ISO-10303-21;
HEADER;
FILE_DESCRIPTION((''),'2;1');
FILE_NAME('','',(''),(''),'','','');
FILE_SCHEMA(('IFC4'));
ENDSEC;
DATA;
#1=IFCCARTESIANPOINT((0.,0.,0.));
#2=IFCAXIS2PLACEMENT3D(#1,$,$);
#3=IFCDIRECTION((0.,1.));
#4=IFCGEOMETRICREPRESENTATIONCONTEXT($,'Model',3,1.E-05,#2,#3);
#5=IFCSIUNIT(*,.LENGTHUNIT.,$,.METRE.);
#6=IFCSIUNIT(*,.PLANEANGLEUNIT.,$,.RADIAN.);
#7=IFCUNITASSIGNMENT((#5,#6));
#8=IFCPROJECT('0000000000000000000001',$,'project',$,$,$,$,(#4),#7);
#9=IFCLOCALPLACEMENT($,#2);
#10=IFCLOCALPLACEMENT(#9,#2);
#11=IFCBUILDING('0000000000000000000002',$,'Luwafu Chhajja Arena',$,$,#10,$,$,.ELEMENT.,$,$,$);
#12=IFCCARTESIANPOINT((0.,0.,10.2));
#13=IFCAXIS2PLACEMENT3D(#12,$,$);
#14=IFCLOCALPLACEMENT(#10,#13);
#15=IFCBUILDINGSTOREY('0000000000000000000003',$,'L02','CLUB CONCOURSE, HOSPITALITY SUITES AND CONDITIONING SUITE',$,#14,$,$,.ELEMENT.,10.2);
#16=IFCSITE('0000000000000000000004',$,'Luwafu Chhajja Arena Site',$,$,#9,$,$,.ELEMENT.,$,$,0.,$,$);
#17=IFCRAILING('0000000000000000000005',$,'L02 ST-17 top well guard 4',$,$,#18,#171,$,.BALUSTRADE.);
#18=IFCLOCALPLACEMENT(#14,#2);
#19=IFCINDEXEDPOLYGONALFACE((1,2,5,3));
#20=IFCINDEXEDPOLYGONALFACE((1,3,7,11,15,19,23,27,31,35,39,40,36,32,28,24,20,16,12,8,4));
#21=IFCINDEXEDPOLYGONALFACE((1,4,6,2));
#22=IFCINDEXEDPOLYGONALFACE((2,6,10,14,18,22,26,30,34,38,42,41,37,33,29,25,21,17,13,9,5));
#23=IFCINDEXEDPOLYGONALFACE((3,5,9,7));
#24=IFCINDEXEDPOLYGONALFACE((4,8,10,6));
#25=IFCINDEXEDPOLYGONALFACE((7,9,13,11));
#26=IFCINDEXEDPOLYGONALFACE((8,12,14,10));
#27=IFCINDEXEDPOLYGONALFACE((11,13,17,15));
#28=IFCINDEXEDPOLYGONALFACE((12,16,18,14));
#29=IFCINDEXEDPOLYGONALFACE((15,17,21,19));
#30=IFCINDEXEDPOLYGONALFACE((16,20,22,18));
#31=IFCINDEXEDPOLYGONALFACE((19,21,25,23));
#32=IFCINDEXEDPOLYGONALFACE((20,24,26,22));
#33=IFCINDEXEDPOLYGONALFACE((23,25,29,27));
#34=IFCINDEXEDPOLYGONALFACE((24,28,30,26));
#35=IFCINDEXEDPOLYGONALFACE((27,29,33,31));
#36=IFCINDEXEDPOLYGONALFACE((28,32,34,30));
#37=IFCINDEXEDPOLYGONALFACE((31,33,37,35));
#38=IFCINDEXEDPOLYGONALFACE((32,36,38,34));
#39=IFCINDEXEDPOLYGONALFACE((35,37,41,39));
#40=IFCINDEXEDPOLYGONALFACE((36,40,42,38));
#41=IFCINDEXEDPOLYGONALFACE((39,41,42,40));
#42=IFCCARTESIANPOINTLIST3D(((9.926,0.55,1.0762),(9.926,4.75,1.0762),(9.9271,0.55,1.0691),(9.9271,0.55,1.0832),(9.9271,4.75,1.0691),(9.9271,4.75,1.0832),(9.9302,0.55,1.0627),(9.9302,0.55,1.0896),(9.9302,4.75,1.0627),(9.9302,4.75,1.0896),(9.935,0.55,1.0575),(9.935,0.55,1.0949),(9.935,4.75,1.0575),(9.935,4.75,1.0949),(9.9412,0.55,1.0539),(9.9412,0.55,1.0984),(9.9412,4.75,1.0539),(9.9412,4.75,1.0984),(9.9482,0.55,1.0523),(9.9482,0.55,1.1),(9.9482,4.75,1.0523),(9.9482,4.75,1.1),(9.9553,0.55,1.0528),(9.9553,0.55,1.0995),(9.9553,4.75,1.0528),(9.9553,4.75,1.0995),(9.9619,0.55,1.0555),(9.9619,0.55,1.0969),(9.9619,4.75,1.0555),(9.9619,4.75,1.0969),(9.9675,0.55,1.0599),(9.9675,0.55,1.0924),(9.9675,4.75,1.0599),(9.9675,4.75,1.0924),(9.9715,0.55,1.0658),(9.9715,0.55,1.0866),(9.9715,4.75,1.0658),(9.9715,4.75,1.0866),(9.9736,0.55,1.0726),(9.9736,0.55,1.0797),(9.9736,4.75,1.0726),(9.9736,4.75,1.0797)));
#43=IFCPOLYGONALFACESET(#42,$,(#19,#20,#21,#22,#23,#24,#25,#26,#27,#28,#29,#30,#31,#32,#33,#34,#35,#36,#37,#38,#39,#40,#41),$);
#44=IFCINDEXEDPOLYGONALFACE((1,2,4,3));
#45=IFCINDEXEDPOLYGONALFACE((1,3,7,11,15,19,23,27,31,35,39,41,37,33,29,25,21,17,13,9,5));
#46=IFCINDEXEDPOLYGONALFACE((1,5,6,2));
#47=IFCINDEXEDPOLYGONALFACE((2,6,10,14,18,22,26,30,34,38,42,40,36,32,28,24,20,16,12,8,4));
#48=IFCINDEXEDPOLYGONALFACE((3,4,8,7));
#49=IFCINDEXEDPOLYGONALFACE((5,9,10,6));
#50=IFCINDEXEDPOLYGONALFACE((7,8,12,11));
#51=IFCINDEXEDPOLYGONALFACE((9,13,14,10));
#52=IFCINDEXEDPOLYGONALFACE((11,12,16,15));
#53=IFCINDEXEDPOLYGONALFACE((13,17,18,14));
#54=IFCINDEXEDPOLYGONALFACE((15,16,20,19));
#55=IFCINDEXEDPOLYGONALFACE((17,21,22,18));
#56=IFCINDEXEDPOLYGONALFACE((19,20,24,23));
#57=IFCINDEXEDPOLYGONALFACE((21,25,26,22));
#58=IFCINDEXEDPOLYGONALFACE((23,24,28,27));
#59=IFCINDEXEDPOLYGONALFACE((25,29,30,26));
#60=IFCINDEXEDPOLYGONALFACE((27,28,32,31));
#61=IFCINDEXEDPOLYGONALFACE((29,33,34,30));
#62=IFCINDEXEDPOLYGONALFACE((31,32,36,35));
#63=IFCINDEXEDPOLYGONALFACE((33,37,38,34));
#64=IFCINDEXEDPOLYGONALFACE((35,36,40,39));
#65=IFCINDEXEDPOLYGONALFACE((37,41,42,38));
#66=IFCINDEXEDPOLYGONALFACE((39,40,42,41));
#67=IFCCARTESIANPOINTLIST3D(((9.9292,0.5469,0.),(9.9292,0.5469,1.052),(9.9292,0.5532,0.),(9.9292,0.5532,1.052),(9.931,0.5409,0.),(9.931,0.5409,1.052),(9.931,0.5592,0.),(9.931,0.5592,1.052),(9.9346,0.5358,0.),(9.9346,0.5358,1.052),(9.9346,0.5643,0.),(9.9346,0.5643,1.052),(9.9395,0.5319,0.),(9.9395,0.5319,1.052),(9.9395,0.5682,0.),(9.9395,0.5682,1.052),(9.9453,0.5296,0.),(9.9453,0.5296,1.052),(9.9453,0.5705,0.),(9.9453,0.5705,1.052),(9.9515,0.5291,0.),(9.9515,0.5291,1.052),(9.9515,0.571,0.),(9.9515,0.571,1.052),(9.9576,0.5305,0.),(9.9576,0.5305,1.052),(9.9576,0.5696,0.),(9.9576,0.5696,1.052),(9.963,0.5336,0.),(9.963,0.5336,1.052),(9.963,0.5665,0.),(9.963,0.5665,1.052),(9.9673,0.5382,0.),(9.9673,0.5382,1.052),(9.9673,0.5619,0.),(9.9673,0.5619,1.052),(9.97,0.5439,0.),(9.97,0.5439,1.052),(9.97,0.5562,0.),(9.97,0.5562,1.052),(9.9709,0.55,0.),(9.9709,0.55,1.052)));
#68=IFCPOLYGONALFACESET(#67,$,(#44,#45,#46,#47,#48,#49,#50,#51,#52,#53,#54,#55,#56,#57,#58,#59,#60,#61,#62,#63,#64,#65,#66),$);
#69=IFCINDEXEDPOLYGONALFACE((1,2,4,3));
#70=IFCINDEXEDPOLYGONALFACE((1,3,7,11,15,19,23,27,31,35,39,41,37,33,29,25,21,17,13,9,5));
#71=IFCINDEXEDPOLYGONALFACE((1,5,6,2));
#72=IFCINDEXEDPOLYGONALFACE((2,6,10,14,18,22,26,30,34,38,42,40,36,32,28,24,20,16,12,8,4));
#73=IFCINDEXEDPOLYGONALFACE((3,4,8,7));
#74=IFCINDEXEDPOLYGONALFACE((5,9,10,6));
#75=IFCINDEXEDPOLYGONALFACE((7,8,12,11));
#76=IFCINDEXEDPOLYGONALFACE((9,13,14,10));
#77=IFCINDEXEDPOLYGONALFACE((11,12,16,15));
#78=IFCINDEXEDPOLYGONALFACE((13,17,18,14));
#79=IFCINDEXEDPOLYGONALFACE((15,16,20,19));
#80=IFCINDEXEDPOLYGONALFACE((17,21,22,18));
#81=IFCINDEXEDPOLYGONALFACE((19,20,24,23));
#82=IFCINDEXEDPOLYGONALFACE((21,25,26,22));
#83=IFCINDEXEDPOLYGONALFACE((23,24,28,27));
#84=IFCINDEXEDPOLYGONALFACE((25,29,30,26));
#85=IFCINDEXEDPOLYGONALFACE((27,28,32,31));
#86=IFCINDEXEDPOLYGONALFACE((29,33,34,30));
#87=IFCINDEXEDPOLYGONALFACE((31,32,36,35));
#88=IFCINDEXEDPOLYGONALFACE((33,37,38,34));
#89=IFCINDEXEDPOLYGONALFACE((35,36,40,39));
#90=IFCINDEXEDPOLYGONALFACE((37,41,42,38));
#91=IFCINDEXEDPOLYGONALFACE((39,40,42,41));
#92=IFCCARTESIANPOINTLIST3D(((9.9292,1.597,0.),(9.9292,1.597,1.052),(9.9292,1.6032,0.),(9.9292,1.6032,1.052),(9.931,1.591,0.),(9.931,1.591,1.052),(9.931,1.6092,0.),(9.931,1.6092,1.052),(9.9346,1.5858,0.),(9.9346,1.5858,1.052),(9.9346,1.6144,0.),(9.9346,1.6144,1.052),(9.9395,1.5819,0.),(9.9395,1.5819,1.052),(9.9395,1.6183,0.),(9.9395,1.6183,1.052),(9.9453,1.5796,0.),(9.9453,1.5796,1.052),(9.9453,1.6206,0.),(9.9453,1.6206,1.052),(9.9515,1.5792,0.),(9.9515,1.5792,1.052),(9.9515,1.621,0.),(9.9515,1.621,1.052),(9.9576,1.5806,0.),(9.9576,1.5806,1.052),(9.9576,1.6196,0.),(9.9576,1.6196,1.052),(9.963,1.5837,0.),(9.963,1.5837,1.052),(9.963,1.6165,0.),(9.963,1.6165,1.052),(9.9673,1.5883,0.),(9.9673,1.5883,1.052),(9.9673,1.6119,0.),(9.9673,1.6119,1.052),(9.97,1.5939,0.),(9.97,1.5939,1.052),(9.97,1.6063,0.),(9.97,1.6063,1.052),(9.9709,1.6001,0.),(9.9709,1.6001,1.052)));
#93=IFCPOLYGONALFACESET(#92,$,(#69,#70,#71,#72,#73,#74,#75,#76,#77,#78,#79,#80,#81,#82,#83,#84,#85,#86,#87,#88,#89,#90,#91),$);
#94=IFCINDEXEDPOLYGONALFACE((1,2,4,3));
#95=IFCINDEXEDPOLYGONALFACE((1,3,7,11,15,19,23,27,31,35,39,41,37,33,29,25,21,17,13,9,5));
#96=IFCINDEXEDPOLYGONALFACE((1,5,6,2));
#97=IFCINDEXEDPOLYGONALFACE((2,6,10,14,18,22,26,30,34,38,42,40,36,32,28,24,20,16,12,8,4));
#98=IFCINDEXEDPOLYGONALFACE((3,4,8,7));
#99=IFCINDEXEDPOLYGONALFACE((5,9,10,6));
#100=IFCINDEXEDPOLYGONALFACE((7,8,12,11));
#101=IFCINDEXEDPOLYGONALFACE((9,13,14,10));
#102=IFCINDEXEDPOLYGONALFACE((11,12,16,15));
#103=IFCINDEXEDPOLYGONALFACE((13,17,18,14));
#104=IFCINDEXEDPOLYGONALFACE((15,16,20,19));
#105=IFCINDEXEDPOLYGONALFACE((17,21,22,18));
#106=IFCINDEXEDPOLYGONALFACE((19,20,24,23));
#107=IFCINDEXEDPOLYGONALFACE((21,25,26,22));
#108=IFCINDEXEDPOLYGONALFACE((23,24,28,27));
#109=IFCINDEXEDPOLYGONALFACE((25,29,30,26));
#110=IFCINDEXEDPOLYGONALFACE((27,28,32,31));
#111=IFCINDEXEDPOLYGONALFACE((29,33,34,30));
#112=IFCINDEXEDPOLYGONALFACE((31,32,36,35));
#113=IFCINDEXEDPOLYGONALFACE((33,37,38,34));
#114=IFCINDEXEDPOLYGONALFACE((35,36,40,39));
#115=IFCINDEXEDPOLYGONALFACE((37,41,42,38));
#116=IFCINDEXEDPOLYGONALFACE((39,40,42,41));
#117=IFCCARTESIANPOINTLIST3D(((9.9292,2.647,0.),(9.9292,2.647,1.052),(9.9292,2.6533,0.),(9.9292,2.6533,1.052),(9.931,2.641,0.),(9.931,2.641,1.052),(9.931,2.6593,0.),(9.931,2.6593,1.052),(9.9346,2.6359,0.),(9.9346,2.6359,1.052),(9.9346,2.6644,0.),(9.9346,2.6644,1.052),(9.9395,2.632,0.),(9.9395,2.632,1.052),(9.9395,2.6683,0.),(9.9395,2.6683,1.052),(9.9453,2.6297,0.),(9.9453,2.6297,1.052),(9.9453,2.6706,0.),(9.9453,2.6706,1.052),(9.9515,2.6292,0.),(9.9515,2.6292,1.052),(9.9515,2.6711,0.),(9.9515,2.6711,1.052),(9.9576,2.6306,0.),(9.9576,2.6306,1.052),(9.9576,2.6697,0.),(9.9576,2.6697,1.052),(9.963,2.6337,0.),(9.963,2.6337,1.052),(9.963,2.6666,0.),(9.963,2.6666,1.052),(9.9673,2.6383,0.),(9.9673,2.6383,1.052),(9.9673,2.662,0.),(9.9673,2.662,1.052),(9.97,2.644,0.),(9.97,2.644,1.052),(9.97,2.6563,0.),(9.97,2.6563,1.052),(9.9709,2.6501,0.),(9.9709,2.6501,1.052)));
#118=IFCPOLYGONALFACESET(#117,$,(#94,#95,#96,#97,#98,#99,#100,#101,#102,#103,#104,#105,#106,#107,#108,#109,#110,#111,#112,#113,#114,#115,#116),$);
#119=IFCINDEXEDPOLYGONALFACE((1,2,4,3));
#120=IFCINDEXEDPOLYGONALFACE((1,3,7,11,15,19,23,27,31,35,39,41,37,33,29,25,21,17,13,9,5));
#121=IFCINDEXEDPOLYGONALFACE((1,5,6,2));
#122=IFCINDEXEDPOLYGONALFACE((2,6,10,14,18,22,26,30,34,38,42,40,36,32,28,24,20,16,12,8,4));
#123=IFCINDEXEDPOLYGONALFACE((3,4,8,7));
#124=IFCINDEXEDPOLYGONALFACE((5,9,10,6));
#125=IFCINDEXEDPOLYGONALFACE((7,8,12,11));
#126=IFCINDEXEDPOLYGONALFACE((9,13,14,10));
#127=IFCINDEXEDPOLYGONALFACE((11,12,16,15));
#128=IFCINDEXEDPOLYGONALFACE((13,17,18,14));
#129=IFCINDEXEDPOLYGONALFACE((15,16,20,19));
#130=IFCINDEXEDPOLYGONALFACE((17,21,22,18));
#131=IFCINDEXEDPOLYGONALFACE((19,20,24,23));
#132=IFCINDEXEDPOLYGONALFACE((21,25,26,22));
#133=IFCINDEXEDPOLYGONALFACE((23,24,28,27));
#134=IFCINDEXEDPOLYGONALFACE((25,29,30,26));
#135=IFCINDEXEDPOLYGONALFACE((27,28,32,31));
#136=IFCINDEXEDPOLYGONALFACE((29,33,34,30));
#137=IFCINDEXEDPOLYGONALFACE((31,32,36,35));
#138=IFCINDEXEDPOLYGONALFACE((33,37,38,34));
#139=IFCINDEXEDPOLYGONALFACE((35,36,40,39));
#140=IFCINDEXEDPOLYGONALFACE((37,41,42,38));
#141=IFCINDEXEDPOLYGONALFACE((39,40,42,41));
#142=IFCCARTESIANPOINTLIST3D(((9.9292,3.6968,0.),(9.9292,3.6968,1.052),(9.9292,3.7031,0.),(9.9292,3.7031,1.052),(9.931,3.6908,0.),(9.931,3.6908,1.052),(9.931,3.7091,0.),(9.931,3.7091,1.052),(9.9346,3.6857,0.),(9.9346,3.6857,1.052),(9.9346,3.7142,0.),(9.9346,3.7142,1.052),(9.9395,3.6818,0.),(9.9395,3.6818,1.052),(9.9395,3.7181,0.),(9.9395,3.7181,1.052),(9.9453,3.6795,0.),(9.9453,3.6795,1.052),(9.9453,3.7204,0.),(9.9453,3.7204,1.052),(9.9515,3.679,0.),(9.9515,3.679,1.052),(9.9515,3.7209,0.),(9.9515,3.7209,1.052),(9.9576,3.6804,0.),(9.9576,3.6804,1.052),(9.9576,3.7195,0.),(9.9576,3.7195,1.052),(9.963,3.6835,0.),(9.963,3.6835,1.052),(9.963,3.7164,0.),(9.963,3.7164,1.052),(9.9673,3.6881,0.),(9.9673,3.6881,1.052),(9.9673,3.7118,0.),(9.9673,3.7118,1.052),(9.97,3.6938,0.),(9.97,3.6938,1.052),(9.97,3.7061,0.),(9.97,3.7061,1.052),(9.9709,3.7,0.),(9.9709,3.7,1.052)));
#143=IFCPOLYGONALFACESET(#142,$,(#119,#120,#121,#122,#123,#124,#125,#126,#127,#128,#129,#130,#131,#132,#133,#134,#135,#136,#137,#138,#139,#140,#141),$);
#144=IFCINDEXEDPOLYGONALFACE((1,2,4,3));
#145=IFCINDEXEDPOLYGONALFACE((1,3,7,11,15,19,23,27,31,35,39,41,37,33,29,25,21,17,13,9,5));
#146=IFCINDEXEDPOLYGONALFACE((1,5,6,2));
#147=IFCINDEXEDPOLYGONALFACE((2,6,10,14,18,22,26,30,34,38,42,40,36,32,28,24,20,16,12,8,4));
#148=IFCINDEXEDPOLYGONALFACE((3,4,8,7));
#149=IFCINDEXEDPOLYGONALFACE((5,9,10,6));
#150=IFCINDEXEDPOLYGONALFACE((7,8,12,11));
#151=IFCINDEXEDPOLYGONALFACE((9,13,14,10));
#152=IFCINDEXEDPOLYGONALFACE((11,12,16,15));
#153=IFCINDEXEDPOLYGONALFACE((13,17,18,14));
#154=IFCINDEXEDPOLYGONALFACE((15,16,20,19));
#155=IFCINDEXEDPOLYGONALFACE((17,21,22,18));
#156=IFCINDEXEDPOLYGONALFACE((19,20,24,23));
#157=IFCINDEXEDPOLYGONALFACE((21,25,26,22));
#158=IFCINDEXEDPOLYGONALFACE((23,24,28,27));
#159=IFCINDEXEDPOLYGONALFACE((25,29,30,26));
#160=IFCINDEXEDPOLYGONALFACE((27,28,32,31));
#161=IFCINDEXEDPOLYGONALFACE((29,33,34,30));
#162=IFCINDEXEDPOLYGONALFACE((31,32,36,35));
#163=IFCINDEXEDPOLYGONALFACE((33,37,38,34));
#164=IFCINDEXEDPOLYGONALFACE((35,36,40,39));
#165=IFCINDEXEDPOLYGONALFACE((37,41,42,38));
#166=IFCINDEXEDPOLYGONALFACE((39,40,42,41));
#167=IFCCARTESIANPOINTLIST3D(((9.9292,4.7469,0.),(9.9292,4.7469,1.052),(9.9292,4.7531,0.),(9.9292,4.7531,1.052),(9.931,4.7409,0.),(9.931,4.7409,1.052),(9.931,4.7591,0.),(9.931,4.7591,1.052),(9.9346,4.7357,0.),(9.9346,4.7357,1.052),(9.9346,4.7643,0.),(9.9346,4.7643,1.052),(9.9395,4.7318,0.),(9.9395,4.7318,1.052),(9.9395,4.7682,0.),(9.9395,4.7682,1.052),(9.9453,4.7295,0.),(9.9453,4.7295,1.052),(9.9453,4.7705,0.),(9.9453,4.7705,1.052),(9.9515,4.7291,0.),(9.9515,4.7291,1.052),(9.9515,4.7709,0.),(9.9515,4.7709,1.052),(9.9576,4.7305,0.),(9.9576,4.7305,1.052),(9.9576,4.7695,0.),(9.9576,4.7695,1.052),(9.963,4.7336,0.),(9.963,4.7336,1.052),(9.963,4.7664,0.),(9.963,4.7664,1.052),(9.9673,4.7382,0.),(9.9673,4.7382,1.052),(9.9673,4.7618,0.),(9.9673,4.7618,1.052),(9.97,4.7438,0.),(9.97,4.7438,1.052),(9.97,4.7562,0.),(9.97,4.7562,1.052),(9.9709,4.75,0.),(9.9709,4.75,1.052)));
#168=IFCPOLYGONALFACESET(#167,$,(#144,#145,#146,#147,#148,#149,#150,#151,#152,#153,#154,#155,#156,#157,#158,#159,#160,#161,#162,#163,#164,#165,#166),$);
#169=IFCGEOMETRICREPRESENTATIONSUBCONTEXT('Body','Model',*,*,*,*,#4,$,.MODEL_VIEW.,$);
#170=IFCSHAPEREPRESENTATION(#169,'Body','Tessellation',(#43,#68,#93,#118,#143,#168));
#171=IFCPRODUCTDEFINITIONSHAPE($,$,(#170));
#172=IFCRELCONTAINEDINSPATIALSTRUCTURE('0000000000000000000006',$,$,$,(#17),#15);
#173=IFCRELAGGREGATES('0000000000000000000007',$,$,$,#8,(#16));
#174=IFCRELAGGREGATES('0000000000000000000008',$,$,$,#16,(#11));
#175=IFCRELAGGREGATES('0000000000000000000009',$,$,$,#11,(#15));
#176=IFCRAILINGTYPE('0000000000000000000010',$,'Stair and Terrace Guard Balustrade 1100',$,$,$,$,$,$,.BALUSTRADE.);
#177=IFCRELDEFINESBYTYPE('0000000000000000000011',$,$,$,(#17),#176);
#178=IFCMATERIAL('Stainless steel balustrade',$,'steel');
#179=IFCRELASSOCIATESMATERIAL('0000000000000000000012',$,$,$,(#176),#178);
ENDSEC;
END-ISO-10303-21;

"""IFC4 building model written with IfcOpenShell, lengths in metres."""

from ifc_helpers import new_model, si_unit, direction, frame, origin, origin_2d, place, context, subcontext, project, spatial, circle, extrude, material, type_object, element, save


model = new_model("IFC4")

# Units and contexts
model_context = context("Model", 3, precision=1e-05, world=origin(), true_north=direction((0.0, 1.0)))
body_context = subcontext(model_context, "Body", "Model", "MODEL_VIEW")
ifc_project = project(units=[si_unit("LENGTHUNIT", "METRE"), si_unit("PLANEANGLEUNIT", "RADIAN")], contexts=[model_context])

# Site, building, storey
site_placement = place(None, origin())
site = spatial("IfcSite", under=ifc_project, at=site_placement, Name="Luwafu Chhajja Arena Site", CompositionType="ELEMENT", RefElevation=0.0)
building_placement = place(site_placement, origin())
building = spatial("IfcBuilding", under=site, at=building_placement, Name="Luwafu Chhajja Arena", CompositionType="ELEMENT")
storey_placement = place(building_placement, frame((0.0, 0.0, 10.2)))
storey = spatial("IfcBuildingStorey", under=building, at=storey_placement, Name="L02", Description="CLUB CONCOURSE, HOSPITALITY SUITES AND CONDITIONING SUITE", CompositionType="ELEMENT", Elevation=10.2)

# Railing
ifc_material_1 = material(Name="Stainless steel balustrade", Category="steel")
railing_type = type_object("IfcRailingType", Name="Stair and Terrace Guard Balustrade 1100", PredefinedType="BALUSTRADE", material=ifc_material_1)
railing_1_placement = place(storey_placement, frame((9.95, 0.55, 0.0)))
element("IfcRailing", 1, at=railing_1_placement, inside=storey, type_object=railing_type, Name="L02 ST-17 top well guard 4", PredefinedType="BALUSTRADE", context=body_context, shape_type="SweptSolid", body=[
    extrude(circle(Radius=0.0239, at=origin_2d()), frame((0.0, 0.0, 1.0762), z_axis=(0.0, 1.0, 0.0), x_axis=(-1.0, 0.0, 0.0)), (0.0, 0.0, 1.0), 4.2),
    extrude(circle(Radius=0.021, at=origin_2d()), origin(), (0.0, 0.0, 1.0), 1.052),
    extrude(circle(Radius=0.021, at=origin_2d()), frame((0.0, 1.05, 0.0)), (0.0, 0.0, 1.0), 1.052),
    extrude(circle(Radius=0.021, at=origin_2d()), frame((0.0, 2.1001, 0.0)), (0.0, 0.0, 1.0), 1.052),
    extrude(circle(Radius=0.021, at=origin_2d()), frame((0.0, 3.1499, 0.0)), (0.0, 0.0, 1.0), 1.052),
    extrude(circle(Radius=0.021, at=origin_2d()), frame((0.0, 4.2, 0.0)), (0.0, 0.0, 1.0), 1.052),
])

save(model, "model.ifc")
